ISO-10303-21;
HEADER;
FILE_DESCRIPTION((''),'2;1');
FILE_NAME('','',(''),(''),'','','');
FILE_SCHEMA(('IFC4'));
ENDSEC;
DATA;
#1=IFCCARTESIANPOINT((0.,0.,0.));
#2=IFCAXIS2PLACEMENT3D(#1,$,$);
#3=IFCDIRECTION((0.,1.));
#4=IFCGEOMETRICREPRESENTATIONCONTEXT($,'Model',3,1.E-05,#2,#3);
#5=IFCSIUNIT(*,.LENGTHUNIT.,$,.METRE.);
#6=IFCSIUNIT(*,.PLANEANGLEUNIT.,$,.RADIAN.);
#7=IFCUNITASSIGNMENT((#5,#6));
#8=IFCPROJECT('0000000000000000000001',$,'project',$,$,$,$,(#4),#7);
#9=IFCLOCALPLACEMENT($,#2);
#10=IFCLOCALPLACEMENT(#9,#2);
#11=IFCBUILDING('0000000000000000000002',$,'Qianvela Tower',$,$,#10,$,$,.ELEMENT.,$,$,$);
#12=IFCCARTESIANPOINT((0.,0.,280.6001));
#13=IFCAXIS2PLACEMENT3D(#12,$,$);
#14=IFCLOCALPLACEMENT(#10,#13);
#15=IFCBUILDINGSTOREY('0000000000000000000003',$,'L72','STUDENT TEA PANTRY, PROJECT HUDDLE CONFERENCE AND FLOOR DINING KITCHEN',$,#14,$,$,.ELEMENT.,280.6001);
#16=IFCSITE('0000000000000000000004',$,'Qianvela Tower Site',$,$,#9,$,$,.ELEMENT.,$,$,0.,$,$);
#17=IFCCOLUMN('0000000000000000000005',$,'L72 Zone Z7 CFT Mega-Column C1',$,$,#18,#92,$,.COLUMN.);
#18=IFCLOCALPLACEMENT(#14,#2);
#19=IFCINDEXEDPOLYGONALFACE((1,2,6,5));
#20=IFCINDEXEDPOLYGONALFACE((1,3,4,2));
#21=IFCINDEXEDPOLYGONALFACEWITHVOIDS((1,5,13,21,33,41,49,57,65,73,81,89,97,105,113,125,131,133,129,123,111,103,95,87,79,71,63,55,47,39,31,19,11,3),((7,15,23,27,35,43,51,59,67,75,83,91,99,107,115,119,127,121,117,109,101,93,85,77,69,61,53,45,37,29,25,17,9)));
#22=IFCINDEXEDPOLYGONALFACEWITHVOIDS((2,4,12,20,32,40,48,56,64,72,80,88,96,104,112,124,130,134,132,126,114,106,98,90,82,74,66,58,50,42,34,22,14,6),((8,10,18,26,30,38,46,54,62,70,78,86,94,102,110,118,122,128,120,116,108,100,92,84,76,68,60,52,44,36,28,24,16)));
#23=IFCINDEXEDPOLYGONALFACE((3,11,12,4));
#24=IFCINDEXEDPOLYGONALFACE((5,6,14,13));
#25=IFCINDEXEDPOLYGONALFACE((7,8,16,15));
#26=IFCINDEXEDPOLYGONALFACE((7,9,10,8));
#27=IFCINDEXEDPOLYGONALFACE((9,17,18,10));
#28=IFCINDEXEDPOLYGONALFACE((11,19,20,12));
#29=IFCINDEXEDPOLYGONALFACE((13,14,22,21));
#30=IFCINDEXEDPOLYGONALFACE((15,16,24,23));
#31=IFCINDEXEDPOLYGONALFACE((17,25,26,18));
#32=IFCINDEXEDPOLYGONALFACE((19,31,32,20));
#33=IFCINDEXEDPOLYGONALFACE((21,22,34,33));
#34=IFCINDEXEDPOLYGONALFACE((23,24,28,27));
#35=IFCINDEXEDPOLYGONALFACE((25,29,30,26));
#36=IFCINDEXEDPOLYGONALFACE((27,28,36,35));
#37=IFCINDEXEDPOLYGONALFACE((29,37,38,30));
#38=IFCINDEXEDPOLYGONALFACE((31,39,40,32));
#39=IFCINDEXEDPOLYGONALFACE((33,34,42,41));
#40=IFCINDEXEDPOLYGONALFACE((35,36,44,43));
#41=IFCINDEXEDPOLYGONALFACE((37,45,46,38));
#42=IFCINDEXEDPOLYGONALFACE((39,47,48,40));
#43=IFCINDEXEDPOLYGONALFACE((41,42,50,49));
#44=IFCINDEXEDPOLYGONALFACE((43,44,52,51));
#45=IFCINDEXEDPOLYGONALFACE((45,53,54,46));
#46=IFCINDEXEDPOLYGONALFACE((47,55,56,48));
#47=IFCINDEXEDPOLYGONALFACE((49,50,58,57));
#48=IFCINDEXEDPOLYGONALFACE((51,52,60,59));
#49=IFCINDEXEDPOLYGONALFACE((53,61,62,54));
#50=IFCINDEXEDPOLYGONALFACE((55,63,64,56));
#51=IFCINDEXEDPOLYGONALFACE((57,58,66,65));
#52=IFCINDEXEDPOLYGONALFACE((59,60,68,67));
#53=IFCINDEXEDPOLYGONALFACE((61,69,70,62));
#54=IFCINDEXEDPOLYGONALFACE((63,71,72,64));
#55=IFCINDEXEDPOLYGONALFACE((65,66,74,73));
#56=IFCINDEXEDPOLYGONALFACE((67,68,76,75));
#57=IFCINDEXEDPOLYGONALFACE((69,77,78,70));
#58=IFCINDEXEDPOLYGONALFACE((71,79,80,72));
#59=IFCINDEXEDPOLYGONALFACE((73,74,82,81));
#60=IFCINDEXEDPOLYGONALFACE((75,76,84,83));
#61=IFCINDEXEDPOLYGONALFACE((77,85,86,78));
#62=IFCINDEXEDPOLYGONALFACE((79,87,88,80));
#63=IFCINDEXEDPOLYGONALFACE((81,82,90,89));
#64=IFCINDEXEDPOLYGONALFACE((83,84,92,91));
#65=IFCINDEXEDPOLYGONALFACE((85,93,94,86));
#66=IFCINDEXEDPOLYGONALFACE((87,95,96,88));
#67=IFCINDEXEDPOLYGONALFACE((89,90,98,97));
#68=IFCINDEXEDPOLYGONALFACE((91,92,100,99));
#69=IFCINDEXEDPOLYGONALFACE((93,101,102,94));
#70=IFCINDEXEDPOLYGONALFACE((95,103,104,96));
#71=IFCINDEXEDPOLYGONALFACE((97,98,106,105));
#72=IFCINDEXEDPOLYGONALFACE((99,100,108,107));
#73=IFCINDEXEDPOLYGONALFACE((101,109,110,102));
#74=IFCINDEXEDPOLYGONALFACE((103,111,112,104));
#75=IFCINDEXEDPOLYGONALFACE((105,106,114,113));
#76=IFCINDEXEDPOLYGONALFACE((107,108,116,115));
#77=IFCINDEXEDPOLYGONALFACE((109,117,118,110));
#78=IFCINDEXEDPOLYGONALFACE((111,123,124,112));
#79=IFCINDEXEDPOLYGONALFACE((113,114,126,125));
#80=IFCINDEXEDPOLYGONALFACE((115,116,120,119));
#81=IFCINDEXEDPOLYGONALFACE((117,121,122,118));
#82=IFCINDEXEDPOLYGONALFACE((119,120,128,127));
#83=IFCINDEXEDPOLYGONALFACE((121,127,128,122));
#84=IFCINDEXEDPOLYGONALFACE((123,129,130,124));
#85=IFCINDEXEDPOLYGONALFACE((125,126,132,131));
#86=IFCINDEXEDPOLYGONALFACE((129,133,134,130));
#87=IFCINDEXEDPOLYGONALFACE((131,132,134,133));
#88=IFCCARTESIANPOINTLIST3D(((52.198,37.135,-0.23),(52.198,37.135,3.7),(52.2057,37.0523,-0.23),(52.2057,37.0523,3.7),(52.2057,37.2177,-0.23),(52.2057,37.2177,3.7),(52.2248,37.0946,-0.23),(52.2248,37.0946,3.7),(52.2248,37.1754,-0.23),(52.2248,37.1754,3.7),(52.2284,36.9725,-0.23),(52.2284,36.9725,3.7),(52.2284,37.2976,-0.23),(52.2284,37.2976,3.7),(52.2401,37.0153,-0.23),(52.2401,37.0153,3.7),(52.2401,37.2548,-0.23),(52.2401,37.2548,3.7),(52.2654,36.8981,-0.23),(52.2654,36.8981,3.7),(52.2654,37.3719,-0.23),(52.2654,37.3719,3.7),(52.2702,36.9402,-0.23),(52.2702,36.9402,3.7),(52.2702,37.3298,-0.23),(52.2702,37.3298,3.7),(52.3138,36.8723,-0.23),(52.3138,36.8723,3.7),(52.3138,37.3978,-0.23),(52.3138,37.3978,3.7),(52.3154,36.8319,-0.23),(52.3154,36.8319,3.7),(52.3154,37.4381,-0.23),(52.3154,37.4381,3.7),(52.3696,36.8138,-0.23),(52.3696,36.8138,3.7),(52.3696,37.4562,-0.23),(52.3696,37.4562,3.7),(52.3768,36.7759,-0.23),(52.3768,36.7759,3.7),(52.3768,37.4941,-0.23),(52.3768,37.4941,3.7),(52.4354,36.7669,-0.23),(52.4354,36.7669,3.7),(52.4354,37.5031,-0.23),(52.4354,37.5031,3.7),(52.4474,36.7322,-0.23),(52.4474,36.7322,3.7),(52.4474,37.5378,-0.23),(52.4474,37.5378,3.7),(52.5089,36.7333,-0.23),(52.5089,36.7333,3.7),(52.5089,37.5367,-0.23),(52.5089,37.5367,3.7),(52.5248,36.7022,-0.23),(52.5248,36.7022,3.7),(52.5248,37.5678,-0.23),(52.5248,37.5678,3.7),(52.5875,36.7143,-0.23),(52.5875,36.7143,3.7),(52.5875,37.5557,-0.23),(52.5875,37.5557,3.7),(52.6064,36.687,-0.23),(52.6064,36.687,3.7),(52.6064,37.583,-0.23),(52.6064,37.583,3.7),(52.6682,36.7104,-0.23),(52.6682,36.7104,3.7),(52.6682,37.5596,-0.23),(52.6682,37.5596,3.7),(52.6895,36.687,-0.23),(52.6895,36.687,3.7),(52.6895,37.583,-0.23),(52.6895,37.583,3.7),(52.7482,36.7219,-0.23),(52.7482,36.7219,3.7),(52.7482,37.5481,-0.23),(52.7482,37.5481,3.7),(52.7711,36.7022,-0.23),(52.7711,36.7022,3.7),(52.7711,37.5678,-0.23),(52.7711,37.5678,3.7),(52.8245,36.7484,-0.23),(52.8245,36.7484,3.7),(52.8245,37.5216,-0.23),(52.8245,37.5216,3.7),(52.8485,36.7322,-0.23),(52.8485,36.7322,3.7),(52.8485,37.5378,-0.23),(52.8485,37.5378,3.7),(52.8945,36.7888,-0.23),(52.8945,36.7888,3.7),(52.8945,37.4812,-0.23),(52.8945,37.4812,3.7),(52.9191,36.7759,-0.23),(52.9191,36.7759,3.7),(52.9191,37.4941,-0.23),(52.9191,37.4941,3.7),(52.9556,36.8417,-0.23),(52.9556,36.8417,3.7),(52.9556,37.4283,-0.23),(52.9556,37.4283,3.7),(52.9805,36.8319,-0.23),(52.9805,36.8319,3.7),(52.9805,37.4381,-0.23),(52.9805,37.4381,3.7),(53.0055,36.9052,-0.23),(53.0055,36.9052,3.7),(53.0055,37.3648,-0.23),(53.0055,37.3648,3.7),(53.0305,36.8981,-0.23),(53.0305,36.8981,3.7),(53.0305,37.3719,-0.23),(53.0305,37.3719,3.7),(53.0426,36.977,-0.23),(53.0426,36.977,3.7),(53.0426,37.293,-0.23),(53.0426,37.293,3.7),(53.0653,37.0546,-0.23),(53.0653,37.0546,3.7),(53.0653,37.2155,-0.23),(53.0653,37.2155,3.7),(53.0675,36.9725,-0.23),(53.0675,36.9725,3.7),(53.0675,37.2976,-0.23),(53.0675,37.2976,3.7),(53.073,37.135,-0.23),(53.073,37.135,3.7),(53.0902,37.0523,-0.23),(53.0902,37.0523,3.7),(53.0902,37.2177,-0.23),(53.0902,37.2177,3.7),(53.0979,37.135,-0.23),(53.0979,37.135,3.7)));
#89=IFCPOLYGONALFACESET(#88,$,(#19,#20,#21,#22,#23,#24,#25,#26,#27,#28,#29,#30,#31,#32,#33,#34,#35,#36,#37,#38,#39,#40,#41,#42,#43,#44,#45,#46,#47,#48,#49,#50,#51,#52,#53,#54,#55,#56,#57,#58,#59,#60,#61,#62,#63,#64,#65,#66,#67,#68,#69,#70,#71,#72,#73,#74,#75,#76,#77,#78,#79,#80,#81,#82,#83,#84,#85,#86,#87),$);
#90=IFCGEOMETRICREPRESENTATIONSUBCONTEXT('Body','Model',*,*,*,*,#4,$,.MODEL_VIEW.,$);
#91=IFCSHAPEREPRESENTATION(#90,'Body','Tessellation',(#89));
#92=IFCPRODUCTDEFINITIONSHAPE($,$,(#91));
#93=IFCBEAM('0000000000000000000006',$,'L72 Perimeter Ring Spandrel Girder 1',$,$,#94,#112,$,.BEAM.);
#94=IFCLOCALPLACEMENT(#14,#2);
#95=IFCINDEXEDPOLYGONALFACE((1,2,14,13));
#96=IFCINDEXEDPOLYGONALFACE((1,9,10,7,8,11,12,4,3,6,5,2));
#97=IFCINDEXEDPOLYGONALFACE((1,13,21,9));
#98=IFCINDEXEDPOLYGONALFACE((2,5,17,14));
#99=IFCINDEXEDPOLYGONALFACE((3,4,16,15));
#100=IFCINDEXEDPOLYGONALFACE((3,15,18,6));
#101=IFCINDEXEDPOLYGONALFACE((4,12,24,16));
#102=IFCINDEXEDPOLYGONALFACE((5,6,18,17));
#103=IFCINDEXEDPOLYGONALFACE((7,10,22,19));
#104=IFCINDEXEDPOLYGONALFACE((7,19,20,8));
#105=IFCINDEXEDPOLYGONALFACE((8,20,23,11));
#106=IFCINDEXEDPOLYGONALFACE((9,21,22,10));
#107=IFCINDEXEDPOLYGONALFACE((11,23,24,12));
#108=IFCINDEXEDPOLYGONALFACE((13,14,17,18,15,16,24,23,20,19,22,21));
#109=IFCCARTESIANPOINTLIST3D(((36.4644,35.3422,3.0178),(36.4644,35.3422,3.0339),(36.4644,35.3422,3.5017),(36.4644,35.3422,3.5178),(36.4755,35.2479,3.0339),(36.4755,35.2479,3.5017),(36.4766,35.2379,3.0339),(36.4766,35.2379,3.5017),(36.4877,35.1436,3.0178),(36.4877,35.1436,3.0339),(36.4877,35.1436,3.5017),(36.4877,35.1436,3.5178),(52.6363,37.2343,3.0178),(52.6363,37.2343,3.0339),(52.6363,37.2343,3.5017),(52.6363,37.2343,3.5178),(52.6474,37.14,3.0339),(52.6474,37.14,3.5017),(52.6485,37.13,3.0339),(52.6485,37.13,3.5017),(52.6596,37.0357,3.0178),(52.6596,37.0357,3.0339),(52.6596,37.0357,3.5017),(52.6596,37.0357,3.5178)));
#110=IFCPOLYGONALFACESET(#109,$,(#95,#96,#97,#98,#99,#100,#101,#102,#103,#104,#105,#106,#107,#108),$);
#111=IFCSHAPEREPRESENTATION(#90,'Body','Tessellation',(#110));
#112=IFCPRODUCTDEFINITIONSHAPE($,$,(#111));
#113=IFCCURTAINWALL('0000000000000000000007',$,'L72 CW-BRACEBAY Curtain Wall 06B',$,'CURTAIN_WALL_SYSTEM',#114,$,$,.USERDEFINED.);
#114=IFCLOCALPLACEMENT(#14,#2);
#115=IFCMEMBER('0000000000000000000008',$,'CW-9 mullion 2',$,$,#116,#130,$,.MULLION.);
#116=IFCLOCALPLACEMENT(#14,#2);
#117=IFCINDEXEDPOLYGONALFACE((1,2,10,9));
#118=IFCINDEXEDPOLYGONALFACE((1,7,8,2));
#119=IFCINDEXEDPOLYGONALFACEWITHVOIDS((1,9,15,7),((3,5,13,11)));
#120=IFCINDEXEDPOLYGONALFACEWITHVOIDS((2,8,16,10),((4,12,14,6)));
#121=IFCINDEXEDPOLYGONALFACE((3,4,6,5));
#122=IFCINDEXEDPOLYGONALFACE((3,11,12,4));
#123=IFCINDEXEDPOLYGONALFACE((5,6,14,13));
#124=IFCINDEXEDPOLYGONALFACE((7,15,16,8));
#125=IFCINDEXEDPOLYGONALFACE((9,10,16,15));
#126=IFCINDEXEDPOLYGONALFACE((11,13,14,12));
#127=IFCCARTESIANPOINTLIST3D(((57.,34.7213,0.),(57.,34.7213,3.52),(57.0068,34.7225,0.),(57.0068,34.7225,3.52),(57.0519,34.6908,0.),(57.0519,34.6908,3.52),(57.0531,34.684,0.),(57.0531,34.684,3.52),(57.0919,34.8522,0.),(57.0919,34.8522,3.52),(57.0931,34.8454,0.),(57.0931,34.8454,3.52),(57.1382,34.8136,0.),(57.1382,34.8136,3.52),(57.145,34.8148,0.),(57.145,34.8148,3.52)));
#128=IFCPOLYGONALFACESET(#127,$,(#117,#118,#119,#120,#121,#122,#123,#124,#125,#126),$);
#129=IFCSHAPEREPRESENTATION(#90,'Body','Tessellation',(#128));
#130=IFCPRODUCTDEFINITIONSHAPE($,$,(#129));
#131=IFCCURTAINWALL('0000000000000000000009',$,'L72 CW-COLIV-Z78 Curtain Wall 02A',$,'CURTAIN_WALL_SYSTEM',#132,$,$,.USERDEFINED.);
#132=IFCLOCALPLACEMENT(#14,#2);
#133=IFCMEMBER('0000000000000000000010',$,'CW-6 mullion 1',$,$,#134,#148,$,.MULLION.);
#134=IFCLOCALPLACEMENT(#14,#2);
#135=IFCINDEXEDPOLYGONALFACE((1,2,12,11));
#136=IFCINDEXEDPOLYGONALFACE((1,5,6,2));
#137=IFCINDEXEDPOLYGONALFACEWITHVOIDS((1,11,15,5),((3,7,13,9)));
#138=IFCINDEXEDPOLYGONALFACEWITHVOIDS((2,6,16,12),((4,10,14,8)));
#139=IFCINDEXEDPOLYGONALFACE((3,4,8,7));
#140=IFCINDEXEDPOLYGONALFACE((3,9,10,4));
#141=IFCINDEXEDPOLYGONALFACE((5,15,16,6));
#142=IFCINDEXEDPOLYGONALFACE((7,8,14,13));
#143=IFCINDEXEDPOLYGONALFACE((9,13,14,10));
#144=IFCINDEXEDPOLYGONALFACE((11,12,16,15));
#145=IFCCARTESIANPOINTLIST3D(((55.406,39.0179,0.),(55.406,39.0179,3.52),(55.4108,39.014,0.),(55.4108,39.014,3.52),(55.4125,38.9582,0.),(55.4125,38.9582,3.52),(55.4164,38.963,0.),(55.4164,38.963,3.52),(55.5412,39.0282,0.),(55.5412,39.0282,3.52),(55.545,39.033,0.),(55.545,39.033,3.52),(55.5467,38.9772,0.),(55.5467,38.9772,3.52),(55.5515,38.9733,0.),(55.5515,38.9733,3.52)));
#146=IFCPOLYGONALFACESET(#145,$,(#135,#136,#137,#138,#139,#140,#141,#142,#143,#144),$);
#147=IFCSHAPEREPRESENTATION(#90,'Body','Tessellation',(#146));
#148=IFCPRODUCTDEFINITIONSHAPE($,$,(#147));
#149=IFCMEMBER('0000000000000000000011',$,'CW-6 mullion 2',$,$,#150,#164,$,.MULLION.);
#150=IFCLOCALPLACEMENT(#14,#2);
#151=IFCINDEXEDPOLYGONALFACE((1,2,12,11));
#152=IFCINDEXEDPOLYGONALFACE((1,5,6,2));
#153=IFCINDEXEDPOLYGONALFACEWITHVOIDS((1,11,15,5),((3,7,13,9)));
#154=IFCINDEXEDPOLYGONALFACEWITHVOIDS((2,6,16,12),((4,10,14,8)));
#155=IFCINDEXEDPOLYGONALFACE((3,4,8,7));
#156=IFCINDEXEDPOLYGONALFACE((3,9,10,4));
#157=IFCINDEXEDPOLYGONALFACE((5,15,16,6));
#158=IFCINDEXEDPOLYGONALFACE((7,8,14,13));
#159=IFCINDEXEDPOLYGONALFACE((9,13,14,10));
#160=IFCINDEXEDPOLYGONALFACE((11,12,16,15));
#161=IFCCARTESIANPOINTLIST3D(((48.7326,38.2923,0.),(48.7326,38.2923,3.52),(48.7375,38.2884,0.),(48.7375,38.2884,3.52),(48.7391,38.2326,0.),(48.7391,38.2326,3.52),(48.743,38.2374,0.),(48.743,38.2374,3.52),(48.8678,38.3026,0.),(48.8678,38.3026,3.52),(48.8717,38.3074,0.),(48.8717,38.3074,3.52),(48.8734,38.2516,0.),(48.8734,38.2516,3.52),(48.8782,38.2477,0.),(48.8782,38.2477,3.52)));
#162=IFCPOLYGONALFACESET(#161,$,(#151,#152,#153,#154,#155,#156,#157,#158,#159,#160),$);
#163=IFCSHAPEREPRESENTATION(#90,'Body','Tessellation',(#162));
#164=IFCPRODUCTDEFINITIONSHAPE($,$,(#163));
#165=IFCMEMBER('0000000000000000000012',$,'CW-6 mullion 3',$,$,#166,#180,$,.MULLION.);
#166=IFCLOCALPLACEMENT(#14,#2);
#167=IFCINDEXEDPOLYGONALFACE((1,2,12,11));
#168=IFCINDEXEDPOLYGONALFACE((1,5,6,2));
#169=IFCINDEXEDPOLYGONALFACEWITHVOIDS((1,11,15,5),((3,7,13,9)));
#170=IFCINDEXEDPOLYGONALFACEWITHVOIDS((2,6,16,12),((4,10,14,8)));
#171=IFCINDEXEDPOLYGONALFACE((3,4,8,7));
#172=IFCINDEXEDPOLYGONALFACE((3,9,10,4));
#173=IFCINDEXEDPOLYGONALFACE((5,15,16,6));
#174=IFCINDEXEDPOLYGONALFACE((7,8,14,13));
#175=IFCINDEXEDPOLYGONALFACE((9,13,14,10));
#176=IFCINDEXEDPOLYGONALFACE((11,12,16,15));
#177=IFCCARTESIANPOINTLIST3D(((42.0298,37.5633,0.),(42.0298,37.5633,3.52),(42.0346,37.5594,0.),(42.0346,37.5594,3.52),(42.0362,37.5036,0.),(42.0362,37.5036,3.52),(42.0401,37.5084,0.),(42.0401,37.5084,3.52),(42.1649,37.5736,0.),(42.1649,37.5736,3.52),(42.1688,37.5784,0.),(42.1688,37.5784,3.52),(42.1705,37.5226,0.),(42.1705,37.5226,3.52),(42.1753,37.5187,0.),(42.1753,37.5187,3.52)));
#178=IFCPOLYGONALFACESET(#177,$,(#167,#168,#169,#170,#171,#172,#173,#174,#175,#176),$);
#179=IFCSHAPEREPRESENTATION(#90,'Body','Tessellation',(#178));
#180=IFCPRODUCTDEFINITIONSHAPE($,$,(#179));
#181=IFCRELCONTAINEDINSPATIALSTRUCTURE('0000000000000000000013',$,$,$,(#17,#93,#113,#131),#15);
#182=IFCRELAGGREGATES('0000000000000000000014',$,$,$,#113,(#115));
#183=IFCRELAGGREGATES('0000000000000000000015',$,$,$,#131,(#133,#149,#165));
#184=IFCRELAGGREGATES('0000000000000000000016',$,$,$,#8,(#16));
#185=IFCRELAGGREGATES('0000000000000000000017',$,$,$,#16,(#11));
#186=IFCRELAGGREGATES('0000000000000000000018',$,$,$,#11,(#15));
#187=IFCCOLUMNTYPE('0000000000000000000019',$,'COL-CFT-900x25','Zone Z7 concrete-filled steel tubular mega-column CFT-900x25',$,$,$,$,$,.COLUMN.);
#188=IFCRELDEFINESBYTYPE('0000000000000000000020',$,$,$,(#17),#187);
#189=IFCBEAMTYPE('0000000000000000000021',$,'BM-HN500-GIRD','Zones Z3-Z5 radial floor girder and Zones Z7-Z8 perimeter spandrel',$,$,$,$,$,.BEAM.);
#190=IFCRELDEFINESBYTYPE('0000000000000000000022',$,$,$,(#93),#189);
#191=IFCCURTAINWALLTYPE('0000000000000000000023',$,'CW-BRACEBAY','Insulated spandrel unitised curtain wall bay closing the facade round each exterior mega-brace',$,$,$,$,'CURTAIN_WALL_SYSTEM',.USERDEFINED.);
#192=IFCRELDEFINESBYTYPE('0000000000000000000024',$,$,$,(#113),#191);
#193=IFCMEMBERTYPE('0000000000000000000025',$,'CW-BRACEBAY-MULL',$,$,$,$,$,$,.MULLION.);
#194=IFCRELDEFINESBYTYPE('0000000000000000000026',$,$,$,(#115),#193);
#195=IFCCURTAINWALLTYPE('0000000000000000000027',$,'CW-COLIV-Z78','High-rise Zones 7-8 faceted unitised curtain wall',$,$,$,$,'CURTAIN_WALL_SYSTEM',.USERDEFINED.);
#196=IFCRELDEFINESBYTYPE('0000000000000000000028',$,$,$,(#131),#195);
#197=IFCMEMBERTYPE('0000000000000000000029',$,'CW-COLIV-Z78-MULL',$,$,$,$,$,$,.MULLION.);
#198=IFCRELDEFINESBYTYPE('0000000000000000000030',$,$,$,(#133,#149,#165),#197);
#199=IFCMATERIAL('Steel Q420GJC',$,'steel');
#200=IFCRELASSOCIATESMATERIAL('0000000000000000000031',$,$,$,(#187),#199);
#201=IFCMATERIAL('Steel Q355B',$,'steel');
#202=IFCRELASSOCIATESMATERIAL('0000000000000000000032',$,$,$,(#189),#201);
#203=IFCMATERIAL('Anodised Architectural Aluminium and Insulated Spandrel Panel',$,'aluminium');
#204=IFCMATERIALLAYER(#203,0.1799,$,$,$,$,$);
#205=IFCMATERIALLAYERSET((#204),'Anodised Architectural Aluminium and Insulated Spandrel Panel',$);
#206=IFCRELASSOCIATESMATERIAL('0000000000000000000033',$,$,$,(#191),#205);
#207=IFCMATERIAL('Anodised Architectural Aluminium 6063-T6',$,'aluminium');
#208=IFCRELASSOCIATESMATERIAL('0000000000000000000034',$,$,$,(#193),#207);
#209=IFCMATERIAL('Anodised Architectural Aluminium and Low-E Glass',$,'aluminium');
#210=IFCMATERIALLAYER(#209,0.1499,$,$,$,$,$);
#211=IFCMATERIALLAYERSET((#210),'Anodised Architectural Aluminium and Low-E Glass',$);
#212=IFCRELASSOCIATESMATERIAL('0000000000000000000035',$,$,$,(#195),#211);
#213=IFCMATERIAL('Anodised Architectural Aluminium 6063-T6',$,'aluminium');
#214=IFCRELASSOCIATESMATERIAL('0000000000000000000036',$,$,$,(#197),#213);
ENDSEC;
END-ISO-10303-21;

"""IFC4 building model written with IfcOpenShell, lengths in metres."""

from ifc_helpers import new_model, si_unit, direction, frame, origin, origin_2d, place, context, subcontext, project, spatial, hollow_rectangle, hollow_circle, i_section, extrude, material, layer, layer_set, material_profile, profile_set, type_object, element, aggregate, save


model = new_model("IFC4")

# Units and contexts
model_context = context("Model", 3, precision=1e-05, world=origin(), true_north=direction((0.0, 1.0)))
body_context = subcontext(model_context, "Body", "Model", "MODEL_VIEW")
ifc_project = project(units=[si_unit("LENGTHUNIT", "METRE"), si_unit("PLANEANGLEUNIT", "RADIAN")], contexts=[model_context])

# Site, building, storey
site_placement = place(None, origin())
site = spatial("IfcSite", under=ifc_project, at=site_placement, Name="Qianvela Tower Site", CompositionType="ELEMENT", RefElevation=0.0)
building_placement = place(site_placement, origin())
building = spatial("IfcBuilding", under=site, at=building_placement, Name="Qianvela Tower", CompositionType="ELEMENT")
storey_placement = place(building_placement, frame((0.0, 0.0, 280.6001)))
storey = spatial("IfcBuildingStorey", under=building, at=storey_placement, Name="L72", Description="STUDENT TEA PANTRY, PROJECT HUDDLE CONFERENCE AND FLOOR DINING KITCHEN", CompositionType="ELEMENT", Elevation=280.6001)

# Column
ifc_material_1 = material(Name="Steel Q420GJC", Category="steel")
ifc_material_profile_1 = material_profile(ifc_material_1, hollow_circle(Radius=0.45, WallThickness=0.0249, at=origin_2d()), Name="CFT-900x25")
ifc_profile_set_1 = profile_set([ifc_material_profile_1], Name="Steel Q420GJC")
column_type = type_object("IfcColumnType", Name="COL-CFT-900x25", Description="Zone Z7 concrete-filled steel tubular mega-column CFT-900x25", PredefinedType="COLUMN", material=ifc_profile_set_1)
column_placement = place(storey_placement, frame((52.6479, 37.135, -0.23), z_axis=(0.0, 0.0, 1.0), x_axis=(1.0, 0.0, 0.0)))
element("IfcColumn", 1, at=column_placement, inside=storey, type_object=column_type, Name="L72 Zone Z7 CFT Mega-Column C1", PredefinedType="COLUMN", context=body_context, shape_type="SweptSolid", body=[
    extrude(hollow_circle(Radius=0.45, WallThickness=0.0249, at=origin_2d()), origin(), (0.0, 0.0, 1.0), 3.9299),
])

# Beam
ifc_material_2 = material(Name="Steel Q355B", Category="steel")
ifc_material_profile_2 = material_profile(ifc_material_2, i_section(OverallWidth=0.2, OverallDepth=0.5, WebThickness=0.01, FlangeThickness=0.0161, at=origin_2d()), Name="HN500x200x10x16")
ifc_profile_set_2 = profile_set([ifc_material_profile_2], Name="Steel Q355B")
beam_type = type_object("IfcBeamType", Name="BM-HN500-GIRD", Description="Zones Z3-Z5 radial floor girder and Zones Z7-Z8 perimeter spandrel", PredefinedType="BEAM", material=ifc_profile_set_2)
beam_placement = place(storey_placement, frame((52.6479, 37.135, 3.2678), z_axis=(-0.993225, -0.116206, 0.0), x_axis=(0.116206, -0.993225, 0.0)))
element("IfcBeam", 2, at=beam_placement, inside=storey, type_object=beam_type, Name="L72 Perimeter Ring Spandrel Girder 1", PredefinedType="BEAM", context=body_context, shape_type="SweptSolid", body=[
    extrude(i_section(OverallWidth=0.2, OverallDepth=0.5, WebThickness=0.01, FlangeThickness=0.0161, at=origin_2d()), origin(), (0.0, 0.0, 1.0), 16.2822),
])

# Curtain wall, member
ifc_material_3 = material(Name="Anodised Architectural Aluminium and Insulated Spandrel Panel", Category="aluminium")
ifc_layer_1 = layer(ifc_material_3, 0.1799)
ifc_layer_set_1 = layer_set([ifc_layer_1], Name="Anodised Architectural Aluminium and Insulated Spandrel Panel")
curtain_wall_type_1 = type_object("IfcCurtainWallType", Name="CW-BRACEBAY", Description="Insulated spandrel unitised curtain wall bay closing the facade round each exterior mega-brace", ElementType="CURTAIN_WALL_SYSTEM", PredefinedType="USERDEFINED", material=ifc_layer_set_1)
curtain_wall_1_placement = place(storey_placement, origin())
curtain_wall_1 = element("IfcCurtainWall", 3, at=curtain_wall_1_placement, inside=storey, type_object=curtain_wall_type_1, Name="L72 CW-BRACEBAY Curtain Wall 06B", ObjectType="CURTAIN_WALL_SYSTEM", PredefinedType="USERDEFINED")
ifc_material_4 = material(Name="Anodised Architectural Aluminium 6063-T6", Category="aluminium")
ifc_material_profile_3 = material_profile(ifc_material_4, hollow_rectangle(XDim=0.0649, YDim=0.1599, WallThickness=0.0049, at=origin_2d()), Name="ALU-MULL-65x160")
ifc_profile_set_3 = profile_set([ifc_material_profile_3], Name="Anodised Architectural Aluminium 6063-T6")
member_type_1 = type_object("IfcMemberType", Name="CW-BRACEBAY-MULL", PredefinedType="MULLION", material=ifc_profile_set_3)
member_1_placement = place(storey_placement, frame((57.0725, 34.7681, 0.0), z_axis=(0.0, 0.0, 1.0), x_axis=(-0.818276, 0.574826, 0.0)))
member_1 = element("IfcMember", 4, at=member_1_placement, type_object=member_type_1, Name="CW-9 mullion 2", PredefinedType="MULLION", context=body_context, shape_type="SweptSolid", body=[
    extrude(hollow_rectangle(XDim=0.0649, YDim=0.1599, WallThickness=0.0049, at=origin_2d()), origin(), (0.0, 0.0, 1.0), 3.52),
])

# Curtain wall, members
ifc_material_5 = material(Name="Anodised Architectural Aluminium and Low-E Glass", Category="aluminium")
ifc_layer_2 = layer(ifc_material_5, 0.1499)
ifc_layer_set_2 = layer_set([ifc_layer_2], Name="Anodised Architectural Aluminium and Low-E Glass")
curtain_wall_type_2 = type_object("IfcCurtainWallType", Name="CW-COLIV-Z78", Description="High-rise Zones 7-8 faceted unitised curtain wall", ElementType="CURTAIN_WALL_SYSTEM", PredefinedType="USERDEFINED", material=ifc_layer_set_2)
curtain_wall_2_placement = place(storey_placement, origin())
curtain_wall_2 = element("IfcCurtainWall", 5, at=curtain_wall_2_placement, inside=storey, type_object=curtain_wall_type_2, Name="L72 CW-COLIV-Z78 Curtain Wall 02A", ObjectType="CURTAIN_WALL_SYSTEM", PredefinedType="USERDEFINED")
ifc_material_6 = material(Name="Anodised Architectural Aluminium 6063-T6", Category="aluminium")
ifc_material_profile_4 = material_profile(ifc_material_6, hollow_rectangle(XDim=0.0601, YDim=0.1399, WallThickness=0.0044, at=origin_2d()), Name="ALU-MULL-60x140")
ifc_profile_set_4 = profile_set([ifc_material_profile_4], Name="Anodised Architectural Aluminium 6063-T6")
member_type_2 = type_object("IfcMemberType", Name="CW-COLIV-Z78-MULL", PredefinedType="MULLION", material=ifc_profile_set_4)
member_2_placement = place(storey_placement, frame((55.4788, 38.9956, 0.0), z_axis=(0.0, 0.0, 1.0), x_axis=(0.10812, -0.994138, 0.0)))
member_2 = element("IfcMember", 6, at=member_2_placement, type_object=member_type_2, Name="CW-6 mullion 1", PredefinedType="MULLION", context=body_context, shape_type="SweptSolid", body=[
    extrude(hollow_rectangle(XDim=0.0601, YDim=0.1399, WallThickness=0.0044, at=origin_2d()), origin(), (0.0, 0.0, 1.0), 3.52),
])
member_3_placement = place(storey_placement, frame((48.8054, 38.27, 0.0), z_axis=(0.0, 0.0, 1.0), x_axis=(0.10812, -0.994138, 0.0)))
member_3 = element("IfcMember", 7, at=member_3_placement, type_object=member_type_2, Name="CW-6 mullion 2", PredefinedType="MULLION", context=body_context, shape_type="SweptSolid", body=[
    extrude(hollow_rectangle(XDim=0.0601, YDim=0.1399, WallThickness=0.0044, at=origin_2d()), origin(), (0.0, 0.0, 1.0), 3.52),
])
member_4_placement = place(storey_placement, frame((42.1025, 37.541, 0.0), z_axis=(0.0, 0.0, 1.0), x_axis=(0.10812, -0.994138, 0.0)))
member_4 = element("IfcMember", 8, at=member_4_placement, type_object=member_type_2, Name="CW-6 mullion 3", PredefinedType="MULLION", context=body_context, shape_type="SweptSolid", body=[
    extrude(hollow_rectangle(XDim=0.0601, YDim=0.1399, WallThickness=0.0044, at=origin_2d()), origin(), (0.0, 0.0, 1.0), 3.52),
])

aggregate(curtain_wall_1, [member_1])
aggregate(curtain_wall_2, [member_2, member_3, member_4])

save(model, "model.ifc")
